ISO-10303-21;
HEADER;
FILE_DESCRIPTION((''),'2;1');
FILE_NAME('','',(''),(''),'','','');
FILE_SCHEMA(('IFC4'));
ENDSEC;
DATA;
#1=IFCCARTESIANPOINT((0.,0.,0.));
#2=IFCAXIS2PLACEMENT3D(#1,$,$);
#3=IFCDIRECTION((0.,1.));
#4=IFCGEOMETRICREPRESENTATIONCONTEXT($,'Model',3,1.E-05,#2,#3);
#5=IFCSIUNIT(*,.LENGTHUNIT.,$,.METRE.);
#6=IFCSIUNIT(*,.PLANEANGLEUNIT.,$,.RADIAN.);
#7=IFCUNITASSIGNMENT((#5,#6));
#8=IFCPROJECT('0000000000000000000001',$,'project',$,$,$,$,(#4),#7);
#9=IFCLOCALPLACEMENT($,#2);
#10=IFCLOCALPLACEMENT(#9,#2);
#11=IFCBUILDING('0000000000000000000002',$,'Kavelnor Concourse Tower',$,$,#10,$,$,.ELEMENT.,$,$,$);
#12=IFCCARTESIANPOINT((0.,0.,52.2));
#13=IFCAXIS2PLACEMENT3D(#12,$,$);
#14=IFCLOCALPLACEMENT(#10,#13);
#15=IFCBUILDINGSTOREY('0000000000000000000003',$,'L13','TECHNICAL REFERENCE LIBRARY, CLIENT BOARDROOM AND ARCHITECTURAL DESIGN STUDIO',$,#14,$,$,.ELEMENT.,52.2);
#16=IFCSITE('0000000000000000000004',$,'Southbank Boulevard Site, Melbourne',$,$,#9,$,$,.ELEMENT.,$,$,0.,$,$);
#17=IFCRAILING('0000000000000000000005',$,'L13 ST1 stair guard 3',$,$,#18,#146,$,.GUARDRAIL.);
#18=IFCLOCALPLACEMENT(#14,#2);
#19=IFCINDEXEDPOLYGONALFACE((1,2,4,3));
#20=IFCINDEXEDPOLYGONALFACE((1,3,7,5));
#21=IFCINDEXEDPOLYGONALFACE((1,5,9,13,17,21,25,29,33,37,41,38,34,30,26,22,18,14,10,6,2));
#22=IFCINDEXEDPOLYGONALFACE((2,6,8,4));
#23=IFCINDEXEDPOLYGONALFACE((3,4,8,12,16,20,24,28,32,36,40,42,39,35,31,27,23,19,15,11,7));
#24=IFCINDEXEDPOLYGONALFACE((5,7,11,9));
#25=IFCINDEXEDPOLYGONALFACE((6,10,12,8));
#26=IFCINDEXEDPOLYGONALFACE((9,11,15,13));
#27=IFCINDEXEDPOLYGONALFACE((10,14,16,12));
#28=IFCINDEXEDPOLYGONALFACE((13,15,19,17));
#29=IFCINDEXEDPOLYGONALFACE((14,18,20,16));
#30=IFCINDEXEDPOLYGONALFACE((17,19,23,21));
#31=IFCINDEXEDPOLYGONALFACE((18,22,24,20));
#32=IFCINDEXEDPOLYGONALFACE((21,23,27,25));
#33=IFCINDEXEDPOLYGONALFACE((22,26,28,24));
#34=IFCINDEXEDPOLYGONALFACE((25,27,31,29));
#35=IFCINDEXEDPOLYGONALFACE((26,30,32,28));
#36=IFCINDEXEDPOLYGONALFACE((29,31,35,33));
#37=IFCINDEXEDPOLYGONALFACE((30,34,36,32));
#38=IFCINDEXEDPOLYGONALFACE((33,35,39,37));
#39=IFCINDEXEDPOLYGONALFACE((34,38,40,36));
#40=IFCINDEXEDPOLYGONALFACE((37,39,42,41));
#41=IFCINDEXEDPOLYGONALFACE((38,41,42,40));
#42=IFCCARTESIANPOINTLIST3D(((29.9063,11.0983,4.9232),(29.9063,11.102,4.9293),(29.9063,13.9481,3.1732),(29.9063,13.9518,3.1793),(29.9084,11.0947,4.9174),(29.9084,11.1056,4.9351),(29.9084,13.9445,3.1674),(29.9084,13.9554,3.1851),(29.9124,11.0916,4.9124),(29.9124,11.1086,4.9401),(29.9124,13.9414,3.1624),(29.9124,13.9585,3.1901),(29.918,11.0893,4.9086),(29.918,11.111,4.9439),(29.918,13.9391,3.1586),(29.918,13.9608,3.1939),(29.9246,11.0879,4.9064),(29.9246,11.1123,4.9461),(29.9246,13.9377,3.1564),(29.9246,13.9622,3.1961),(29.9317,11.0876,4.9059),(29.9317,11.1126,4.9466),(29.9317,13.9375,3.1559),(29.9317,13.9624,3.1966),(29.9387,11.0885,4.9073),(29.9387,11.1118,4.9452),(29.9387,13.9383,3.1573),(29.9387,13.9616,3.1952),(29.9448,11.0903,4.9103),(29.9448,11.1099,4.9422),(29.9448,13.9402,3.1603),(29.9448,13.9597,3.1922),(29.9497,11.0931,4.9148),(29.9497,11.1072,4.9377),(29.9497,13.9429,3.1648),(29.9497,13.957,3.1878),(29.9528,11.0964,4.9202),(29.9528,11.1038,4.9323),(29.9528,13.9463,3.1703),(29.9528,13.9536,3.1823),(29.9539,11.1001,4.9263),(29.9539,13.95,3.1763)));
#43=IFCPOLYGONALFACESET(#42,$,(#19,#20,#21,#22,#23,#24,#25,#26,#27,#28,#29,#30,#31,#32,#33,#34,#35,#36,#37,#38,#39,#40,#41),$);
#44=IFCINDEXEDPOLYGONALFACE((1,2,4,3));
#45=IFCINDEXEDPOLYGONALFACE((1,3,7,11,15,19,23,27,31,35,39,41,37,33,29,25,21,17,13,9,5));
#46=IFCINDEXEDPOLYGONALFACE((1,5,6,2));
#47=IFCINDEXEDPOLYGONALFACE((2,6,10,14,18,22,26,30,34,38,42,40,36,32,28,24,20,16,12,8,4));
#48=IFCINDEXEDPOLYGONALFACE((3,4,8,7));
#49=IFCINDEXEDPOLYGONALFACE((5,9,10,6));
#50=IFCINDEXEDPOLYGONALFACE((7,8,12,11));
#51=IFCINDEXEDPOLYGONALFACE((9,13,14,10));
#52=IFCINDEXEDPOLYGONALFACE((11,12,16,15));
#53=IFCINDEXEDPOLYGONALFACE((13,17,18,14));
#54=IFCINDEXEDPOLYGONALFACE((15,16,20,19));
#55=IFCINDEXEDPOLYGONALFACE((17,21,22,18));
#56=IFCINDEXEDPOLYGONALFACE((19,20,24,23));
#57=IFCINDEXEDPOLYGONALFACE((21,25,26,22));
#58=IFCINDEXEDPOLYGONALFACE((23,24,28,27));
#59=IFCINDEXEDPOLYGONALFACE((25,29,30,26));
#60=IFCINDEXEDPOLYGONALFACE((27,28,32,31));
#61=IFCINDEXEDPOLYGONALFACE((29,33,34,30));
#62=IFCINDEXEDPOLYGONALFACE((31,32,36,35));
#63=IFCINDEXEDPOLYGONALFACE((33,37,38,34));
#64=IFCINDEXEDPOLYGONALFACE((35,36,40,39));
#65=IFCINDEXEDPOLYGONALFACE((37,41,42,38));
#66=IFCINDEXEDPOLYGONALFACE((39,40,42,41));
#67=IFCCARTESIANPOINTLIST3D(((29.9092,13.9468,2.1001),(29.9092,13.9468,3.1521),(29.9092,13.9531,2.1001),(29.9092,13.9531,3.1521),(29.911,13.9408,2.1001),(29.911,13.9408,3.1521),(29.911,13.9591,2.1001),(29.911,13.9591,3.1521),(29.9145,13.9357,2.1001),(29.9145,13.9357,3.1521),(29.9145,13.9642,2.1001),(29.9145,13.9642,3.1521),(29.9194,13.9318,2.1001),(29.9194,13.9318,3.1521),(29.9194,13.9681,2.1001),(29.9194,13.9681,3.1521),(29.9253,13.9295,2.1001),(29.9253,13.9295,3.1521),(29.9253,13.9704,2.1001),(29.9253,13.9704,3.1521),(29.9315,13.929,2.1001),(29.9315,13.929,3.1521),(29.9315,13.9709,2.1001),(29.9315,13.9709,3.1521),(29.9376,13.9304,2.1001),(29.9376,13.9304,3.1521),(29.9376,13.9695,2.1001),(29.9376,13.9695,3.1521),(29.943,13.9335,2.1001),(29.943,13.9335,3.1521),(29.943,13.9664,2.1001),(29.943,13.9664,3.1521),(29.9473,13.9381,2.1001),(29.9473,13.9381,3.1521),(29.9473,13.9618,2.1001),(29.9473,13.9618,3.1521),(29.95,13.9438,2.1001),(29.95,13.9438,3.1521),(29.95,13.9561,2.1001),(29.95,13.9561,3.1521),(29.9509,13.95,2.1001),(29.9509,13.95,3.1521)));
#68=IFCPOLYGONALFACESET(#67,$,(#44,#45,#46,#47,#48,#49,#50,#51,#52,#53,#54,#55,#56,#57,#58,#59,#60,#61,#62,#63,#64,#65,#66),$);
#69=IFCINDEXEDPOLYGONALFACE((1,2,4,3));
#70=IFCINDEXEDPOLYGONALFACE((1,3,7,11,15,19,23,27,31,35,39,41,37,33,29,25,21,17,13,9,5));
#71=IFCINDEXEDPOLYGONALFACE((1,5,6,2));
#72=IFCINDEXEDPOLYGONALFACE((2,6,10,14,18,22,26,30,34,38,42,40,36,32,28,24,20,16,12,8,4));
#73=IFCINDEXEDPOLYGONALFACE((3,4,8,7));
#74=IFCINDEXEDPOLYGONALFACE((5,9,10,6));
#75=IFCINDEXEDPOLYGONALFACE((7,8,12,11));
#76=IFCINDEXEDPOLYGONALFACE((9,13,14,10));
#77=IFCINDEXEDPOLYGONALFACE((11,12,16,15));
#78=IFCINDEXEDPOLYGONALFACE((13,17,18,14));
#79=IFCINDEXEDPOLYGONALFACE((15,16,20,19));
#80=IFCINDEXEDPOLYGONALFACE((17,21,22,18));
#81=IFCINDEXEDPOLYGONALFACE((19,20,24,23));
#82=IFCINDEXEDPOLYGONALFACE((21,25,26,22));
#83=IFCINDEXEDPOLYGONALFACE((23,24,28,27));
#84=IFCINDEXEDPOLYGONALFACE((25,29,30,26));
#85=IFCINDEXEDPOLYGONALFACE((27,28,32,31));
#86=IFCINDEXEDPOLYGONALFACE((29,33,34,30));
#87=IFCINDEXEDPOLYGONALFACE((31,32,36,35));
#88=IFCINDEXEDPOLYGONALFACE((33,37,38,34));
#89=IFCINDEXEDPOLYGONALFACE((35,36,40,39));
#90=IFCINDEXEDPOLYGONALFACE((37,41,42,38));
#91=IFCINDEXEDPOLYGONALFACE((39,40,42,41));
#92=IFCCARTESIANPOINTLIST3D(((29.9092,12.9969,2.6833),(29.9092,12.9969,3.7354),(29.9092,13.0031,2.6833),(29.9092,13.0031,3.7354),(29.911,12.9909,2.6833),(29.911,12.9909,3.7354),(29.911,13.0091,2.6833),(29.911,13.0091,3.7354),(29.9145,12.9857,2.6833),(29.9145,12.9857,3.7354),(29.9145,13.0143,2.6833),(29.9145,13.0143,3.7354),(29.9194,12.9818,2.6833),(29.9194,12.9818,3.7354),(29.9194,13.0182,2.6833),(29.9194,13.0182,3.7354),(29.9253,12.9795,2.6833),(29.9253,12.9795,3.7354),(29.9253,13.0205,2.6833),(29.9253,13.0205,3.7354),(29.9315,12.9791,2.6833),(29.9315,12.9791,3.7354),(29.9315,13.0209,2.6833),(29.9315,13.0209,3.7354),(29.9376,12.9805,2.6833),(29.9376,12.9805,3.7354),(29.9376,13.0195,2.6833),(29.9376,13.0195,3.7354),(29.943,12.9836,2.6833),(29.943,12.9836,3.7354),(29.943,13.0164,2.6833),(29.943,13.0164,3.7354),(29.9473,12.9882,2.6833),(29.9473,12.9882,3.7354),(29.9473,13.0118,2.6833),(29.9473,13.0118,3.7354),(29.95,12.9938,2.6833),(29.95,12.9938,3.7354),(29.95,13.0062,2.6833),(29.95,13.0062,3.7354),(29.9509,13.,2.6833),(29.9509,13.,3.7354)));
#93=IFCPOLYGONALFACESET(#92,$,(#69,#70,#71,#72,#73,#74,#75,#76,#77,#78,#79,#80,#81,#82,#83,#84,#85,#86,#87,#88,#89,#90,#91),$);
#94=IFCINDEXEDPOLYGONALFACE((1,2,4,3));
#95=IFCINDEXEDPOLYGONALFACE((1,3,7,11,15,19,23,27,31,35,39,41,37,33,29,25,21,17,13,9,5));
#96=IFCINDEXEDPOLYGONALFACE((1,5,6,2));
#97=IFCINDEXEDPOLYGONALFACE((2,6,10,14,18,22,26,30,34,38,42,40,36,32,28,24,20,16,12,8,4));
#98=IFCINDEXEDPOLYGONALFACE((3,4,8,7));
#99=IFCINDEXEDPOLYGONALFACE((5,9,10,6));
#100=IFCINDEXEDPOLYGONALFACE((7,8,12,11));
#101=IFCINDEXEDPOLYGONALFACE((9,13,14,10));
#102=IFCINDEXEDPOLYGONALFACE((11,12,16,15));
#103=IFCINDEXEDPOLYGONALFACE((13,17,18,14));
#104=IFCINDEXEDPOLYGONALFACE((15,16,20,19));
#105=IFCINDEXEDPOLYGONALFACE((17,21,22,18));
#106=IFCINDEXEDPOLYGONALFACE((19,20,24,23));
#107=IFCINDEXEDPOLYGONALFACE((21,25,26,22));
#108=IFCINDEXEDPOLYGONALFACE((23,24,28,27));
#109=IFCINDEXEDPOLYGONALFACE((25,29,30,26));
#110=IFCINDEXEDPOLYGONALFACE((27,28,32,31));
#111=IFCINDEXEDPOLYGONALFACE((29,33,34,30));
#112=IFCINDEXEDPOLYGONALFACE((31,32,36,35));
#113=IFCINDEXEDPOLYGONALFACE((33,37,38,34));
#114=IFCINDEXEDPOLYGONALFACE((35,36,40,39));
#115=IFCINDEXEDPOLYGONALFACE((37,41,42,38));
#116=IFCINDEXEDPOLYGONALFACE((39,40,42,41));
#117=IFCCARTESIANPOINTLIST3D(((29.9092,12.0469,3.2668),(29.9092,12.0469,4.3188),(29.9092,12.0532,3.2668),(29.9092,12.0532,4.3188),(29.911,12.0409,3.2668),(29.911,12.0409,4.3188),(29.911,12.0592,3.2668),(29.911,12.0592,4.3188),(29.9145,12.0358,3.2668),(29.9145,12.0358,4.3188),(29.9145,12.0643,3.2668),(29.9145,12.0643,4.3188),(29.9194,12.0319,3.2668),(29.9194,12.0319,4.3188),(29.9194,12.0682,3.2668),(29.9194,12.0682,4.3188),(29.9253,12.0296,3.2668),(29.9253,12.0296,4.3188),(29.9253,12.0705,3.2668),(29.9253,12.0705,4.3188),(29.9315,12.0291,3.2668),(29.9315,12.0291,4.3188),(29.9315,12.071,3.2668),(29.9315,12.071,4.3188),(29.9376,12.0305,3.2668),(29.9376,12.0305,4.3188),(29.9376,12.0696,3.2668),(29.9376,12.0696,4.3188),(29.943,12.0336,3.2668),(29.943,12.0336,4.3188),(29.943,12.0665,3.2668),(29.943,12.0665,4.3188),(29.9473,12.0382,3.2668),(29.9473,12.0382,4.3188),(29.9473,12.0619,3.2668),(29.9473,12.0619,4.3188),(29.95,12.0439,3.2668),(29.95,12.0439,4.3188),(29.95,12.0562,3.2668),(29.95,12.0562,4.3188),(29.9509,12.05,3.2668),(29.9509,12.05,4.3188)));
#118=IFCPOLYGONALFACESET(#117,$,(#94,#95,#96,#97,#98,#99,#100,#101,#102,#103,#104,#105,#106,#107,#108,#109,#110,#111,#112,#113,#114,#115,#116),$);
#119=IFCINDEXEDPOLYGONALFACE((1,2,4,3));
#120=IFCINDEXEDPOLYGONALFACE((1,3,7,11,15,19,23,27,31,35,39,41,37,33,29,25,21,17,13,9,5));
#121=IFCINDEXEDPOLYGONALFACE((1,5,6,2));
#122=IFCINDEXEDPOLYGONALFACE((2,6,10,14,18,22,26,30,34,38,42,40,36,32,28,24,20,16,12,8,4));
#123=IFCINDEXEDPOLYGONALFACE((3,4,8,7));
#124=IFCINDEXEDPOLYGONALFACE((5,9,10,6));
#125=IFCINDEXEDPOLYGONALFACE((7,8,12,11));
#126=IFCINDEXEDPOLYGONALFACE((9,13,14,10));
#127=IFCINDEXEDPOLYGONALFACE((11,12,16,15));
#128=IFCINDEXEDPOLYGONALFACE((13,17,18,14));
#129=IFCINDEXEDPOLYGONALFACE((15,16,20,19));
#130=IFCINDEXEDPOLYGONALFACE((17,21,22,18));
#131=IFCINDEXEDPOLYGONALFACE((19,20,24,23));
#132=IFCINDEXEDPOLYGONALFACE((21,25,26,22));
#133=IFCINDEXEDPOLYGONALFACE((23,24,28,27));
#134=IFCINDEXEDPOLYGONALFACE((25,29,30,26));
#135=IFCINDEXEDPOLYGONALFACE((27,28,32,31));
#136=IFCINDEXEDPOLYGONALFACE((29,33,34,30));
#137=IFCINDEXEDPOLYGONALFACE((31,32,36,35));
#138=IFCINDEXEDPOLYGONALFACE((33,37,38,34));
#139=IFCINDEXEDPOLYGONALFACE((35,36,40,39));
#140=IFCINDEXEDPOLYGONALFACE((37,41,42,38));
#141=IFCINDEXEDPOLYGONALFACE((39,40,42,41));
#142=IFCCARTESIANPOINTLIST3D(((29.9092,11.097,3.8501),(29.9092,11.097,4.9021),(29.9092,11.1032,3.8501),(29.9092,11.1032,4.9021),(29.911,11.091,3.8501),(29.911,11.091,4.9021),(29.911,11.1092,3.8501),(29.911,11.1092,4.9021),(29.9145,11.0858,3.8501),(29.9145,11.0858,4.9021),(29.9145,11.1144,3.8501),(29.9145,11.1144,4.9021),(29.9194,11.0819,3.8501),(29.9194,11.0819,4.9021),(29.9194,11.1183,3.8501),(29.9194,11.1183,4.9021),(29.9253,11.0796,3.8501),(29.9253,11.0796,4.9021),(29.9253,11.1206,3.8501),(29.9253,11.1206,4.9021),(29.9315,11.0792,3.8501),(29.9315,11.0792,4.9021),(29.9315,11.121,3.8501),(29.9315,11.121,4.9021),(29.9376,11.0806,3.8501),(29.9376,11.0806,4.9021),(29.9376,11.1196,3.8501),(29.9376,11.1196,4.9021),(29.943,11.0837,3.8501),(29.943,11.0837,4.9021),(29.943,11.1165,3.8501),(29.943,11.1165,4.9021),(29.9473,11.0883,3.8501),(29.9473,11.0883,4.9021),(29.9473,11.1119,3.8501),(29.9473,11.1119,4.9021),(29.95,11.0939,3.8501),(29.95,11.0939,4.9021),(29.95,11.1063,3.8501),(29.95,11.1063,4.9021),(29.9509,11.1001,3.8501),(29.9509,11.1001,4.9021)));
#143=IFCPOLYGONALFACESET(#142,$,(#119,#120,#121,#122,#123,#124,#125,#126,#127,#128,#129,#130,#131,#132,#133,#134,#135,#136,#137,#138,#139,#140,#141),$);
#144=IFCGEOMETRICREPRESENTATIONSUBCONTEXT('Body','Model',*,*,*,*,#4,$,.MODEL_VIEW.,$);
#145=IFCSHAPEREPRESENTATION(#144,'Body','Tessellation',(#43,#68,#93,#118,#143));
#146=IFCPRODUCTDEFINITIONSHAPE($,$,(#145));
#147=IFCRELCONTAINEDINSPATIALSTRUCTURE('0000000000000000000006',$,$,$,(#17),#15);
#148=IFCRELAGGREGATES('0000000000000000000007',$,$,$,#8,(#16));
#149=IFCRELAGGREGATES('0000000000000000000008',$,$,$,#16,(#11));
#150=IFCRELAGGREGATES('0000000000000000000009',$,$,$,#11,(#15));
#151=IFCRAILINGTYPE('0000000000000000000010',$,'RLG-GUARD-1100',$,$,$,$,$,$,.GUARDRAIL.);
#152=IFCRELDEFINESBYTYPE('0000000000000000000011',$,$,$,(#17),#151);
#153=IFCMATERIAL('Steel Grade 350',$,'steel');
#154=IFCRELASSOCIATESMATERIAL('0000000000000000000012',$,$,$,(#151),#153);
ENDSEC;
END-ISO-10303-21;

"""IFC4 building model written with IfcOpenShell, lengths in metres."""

from ifc_helpers import new_model, si_unit, direction, frame, origin, origin_2d, place, context, subcontext, project, spatial, circle, extrude, material, type_object, element, save


model = new_model("IFC4")

# Units and contexts
model_context = context("Model", 3, precision=1e-05, world=origin(), true_north=direction((0.0, 1.0)))
body_context = subcontext(model_context, "Body", "Model", "MODEL_VIEW")
ifc_project = project(units=[si_unit("LENGTHUNIT", "METRE"), si_unit("PLANEANGLEUNIT", "RADIAN")], contexts=[model_context])

# Site, building, storey
site_placement = place(None, origin())
site = spatial("IfcSite", under=ifc_project, at=site_placement, Name="Southbank Boulevard Site, Melbourne", CompositionType="ELEMENT", RefElevation=0.0)
building_placement = place(site_placement, origin())
building = spatial("IfcBuilding", under=site, at=building_placement, Name="Kavelnor Concourse Tower", CompositionType="ELEMENT")
storey_placement = place(building_placement, frame((0.0, 0.0, 52.2)))
storey = spatial("IfcBuildingStorey", under=building, at=storey_placement, Name="L13", Description="TECHNICAL REFERENCE LIBRARY, CLIENT BOARDROOM AND ARCHITECTURAL DESIGN STUDIO", CompositionType="ELEMENT", Elevation=52.2)

# Shared definitions
ifc_material_1 = material(Name="Steel Grade 350", Category="steel")

# Railing
railing_type_1 = type_object("IfcRailingType", Name="RLG-GUARD-1100", PredefinedType="GUARDRAIL", material=ifc_material_1)
railing_1_placement = place(storey_placement, frame((29.9299, 13.95, 2.1001)))
element("IfcRailing", 1, at=railing_1_placement, inside=storey, type_object=railing_type_1, Name="L13 ST1 stair guard 3", PredefinedType="GUARDRAIL", context=body_context, shape_type="SweptSolid", body=[
    extrude(circle(Radius=0.0239, at=origin_2d()), frame((0.0, 0.0, 1.0762), z_axis=(0.0, -0.852159, 0.523283), x_axis=(1.0, 0.0, 0.0)), (0.0, 0.0, 1.0), 3.3442),
    extrude(circle(Radius=0.021, at=origin_2d()), origin(), (0.0, 0.0, 1.0), 1.052),
    extrude(circle(Radius=0.021, at=origin_2d()), frame((0.0, -0.95, 0.5833)), (0.0, 0.0, 1.0), 1.052),
    extrude(circle(Radius=0.021, at=origin_2d()), frame((0.0, -1.8999, 1.1667)), (0.0, 0.0, 1.0), 1.052),
    extrude(circle(Radius=0.021, at=origin_2d()), frame((0.0, -2.8499, 1.75)), (0.0, 0.0, 1.0), 1.052),
])

save(model, "model.ifc")
